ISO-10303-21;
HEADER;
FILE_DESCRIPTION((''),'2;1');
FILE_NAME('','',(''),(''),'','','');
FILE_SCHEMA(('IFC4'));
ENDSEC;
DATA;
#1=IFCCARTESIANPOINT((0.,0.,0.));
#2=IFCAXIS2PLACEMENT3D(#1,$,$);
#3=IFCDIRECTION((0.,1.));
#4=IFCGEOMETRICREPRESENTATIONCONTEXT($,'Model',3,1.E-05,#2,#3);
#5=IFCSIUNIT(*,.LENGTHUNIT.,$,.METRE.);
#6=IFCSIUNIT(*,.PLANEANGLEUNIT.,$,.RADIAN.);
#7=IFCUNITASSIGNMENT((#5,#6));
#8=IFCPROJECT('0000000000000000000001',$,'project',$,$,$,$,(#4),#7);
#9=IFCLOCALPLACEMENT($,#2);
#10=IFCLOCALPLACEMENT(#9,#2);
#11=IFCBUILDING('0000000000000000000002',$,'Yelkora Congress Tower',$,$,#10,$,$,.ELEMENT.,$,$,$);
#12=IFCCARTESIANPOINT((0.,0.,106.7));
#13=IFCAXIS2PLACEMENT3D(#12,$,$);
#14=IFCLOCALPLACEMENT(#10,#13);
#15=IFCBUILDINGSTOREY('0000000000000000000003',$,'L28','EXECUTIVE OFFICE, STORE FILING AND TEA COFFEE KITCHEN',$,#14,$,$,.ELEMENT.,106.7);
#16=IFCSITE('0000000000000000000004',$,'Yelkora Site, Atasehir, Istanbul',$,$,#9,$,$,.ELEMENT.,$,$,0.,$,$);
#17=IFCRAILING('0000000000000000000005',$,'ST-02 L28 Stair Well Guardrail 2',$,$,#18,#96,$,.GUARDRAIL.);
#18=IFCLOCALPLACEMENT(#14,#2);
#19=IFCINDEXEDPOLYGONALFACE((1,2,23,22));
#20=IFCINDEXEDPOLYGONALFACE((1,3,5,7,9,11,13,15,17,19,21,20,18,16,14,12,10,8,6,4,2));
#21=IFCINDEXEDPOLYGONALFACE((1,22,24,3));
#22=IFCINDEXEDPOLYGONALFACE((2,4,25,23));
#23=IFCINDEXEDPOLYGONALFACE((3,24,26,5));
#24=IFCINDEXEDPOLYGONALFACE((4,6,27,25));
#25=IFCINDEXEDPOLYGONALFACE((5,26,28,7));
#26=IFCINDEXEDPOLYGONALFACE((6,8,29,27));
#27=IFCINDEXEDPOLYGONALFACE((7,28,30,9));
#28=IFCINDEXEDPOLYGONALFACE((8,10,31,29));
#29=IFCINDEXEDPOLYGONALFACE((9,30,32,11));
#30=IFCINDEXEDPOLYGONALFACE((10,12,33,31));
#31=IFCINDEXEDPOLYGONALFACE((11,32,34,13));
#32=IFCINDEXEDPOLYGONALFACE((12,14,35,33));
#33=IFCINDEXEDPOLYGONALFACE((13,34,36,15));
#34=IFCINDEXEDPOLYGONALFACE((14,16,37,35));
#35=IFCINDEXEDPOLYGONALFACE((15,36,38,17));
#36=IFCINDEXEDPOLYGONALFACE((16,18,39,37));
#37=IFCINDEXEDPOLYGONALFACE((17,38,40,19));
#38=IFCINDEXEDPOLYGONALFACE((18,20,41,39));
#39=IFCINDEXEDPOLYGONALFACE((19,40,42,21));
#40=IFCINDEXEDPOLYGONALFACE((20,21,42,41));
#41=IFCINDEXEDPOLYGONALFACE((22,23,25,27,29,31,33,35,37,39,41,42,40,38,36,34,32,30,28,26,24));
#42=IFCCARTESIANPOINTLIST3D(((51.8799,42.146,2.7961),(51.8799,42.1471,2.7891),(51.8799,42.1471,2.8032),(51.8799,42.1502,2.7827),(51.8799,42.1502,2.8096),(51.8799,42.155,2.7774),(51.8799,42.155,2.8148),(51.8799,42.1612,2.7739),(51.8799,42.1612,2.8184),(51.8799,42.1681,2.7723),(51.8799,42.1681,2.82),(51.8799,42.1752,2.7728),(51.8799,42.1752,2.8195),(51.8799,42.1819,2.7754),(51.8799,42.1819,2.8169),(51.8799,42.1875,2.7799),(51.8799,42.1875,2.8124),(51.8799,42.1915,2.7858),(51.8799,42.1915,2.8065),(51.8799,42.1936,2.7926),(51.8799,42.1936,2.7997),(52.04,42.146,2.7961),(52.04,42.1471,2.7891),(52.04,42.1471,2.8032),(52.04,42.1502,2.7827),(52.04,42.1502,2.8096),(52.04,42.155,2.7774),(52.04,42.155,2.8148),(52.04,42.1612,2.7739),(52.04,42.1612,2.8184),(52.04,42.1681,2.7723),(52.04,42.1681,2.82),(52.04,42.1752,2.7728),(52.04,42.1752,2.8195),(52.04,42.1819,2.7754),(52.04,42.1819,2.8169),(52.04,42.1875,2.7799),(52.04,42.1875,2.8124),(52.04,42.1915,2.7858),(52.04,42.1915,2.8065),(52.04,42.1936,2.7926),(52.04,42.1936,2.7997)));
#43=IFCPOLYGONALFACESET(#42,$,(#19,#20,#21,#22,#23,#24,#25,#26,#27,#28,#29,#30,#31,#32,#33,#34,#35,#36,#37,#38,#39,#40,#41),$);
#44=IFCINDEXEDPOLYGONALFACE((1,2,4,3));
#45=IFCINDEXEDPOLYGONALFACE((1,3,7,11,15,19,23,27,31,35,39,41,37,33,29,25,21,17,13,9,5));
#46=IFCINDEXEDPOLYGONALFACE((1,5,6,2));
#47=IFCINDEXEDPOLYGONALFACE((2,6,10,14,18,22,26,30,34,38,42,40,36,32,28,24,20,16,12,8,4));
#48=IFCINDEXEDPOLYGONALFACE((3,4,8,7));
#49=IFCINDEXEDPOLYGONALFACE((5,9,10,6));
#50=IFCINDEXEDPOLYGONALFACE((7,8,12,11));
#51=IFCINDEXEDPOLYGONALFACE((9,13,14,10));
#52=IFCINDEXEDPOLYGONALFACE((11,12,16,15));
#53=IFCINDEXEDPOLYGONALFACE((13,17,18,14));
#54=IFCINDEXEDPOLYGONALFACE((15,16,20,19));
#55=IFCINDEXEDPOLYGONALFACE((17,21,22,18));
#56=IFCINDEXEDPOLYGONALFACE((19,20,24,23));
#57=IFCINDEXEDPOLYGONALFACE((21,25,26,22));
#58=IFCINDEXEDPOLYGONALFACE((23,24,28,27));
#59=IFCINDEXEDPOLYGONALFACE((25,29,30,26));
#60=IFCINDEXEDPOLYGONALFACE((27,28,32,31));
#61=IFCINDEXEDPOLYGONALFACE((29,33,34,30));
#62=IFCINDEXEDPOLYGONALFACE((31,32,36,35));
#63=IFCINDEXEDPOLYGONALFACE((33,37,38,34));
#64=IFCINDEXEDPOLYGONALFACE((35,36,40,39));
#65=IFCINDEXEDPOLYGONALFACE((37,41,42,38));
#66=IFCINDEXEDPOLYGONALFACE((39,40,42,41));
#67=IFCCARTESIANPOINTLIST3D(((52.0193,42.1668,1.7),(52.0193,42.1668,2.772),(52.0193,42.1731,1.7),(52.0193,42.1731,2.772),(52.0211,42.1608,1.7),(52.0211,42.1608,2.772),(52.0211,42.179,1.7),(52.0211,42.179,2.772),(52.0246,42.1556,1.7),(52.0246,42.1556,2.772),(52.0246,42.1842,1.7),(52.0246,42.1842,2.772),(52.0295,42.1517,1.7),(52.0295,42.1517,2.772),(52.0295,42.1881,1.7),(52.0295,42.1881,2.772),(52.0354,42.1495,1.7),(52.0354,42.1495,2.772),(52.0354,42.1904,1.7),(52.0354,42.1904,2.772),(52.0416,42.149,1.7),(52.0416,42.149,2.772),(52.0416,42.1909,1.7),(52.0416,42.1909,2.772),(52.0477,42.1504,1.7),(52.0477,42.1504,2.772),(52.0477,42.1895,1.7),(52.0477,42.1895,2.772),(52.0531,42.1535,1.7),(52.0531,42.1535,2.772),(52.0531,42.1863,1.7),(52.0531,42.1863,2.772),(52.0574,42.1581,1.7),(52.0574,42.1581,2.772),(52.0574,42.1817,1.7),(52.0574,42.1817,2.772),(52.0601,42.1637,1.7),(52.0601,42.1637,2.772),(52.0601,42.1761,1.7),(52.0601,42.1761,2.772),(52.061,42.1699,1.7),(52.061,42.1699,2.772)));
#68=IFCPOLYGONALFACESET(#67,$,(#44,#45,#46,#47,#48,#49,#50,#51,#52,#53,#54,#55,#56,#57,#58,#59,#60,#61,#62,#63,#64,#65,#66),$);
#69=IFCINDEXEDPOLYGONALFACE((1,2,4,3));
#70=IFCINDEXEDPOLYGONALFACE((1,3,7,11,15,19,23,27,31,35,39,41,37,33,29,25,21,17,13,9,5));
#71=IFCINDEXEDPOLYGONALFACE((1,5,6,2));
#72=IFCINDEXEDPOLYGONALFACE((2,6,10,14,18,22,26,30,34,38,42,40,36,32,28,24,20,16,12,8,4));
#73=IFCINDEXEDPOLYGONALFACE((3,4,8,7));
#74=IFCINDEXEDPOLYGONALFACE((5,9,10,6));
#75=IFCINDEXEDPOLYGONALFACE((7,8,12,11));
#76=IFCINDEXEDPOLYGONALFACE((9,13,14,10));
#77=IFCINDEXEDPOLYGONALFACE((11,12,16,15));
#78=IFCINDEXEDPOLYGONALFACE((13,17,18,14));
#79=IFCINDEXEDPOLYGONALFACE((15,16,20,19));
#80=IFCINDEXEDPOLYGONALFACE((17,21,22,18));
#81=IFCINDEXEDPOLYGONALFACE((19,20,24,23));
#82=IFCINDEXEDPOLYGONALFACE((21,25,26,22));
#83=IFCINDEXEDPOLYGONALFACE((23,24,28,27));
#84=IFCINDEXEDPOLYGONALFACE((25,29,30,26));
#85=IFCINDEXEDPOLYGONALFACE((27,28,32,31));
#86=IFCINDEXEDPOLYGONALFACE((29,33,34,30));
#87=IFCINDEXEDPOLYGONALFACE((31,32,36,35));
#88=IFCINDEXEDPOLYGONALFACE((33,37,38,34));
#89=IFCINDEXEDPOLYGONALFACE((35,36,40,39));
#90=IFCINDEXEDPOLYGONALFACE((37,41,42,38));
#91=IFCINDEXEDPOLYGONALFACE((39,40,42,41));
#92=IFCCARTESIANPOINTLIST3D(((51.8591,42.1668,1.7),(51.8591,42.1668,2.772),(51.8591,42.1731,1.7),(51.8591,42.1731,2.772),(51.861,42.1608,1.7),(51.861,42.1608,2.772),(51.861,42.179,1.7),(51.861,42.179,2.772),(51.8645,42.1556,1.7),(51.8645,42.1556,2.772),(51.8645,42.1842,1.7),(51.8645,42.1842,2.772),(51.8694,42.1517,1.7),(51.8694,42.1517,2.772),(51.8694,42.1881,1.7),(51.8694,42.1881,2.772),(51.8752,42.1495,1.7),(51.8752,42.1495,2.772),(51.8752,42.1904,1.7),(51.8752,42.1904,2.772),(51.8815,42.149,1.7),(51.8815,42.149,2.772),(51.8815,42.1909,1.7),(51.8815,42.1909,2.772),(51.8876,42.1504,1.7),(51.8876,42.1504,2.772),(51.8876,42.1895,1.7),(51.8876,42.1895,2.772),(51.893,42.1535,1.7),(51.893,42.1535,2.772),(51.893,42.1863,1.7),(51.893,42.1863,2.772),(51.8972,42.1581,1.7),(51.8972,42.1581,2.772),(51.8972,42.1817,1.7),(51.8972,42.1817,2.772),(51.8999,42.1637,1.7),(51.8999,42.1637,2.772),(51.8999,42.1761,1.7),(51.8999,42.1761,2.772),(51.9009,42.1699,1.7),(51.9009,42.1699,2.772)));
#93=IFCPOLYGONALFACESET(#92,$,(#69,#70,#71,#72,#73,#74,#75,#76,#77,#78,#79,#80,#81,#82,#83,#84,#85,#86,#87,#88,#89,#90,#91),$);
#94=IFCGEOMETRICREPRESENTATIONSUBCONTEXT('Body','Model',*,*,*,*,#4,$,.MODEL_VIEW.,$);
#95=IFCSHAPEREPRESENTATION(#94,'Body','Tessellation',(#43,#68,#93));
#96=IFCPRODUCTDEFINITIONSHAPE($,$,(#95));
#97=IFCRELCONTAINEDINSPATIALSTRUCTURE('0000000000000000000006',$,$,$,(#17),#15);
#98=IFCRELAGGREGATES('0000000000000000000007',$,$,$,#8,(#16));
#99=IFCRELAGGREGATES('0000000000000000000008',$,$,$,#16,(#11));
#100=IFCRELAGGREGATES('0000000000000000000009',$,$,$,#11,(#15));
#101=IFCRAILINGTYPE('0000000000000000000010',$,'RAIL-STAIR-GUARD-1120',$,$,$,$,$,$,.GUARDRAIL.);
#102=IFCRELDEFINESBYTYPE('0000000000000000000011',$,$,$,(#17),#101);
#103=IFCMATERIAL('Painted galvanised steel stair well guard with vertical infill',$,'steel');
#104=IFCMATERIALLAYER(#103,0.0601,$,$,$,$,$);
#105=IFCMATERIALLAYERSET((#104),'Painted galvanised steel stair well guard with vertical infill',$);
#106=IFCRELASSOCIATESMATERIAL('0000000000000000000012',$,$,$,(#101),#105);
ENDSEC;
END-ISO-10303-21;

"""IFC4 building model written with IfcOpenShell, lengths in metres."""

from ifc_helpers import new_model, si_unit, direction, frame, origin, origin_2d, place, context, subcontext, project, spatial, circle, extrude, material, layer, layer_set, type_object, element, save


model = new_model("IFC4")

# Units and contexts
model_context = context("Model", 3, precision=1e-05, world=origin(), true_north=direction((0.0, 1.0)))
body_context = subcontext(model_context, "Body", "Model", "MODEL_VIEW")
ifc_project = project(units=[si_unit("LENGTHUNIT", "METRE"), si_unit("PLANEANGLEUNIT", "RADIAN")], contexts=[model_context])

# Site, building, storey
site_placement = place(None, origin())
site = spatial("IfcSite", under=ifc_project, at=site_placement, Name="Yelkora Site, Atasehir, Istanbul", CompositionType="ELEMENT", RefElevation=0.0)
building_placement = place(site_placement, origin())
building = spatial("IfcBuilding", under=site, at=building_placement, Name="Yelkora Congress Tower", CompositionType="ELEMENT")
storey_placement = place(building_placement, frame((0.0, 0.0, 106.7)))
storey = spatial("IfcBuildingStorey", under=building, at=storey_placement, Name="L28", Description="EXECUTIVE OFFICE, STORE FILING AND TEA COFFEE KITCHEN", CompositionType="ELEMENT", Elevation=106.7)

# Railing
ifc_material_1 = material(Name="Painted galvanised steel stair well guard with vertical infill", Category="steel")
ifc_layer_1 = layer(ifc_material_1, 0.0601)
ifc_layer_set_1 = layer_set([ifc_layer_1], Name="Painted galvanised steel stair well guard with vertical infill")
railing_type_1 = type_object("IfcRailingType", Name="RAIL-STAIR-GUARD-1120", PredefinedType="GUARDRAIL", material=ifc_layer_set_1)
railing_1_placement = place(storey_placement, frame((52.04, 42.1699, 1.7)))
element("IfcRailing", 1, at=railing_1_placement, inside=storey, type_object=railing_type_1, Name="ST-02 L28 Stair Well Guardrail 2", PredefinedType="GUARDRAIL", context=body_context, shape_type="SweptSolid", body=[
    extrude(circle(Radius=0.0239, at=origin_2d()), frame((0.0, 0.0, 1.0962), z_axis=(-1.0, 0.0, 0.0), x_axis=(0.0, -1.0, 0.0)), (0.0, 0.0, 1.0), 0.1602),
    extrude(circle(Radius=0.021, at=origin_2d()), origin(), (0.0, 0.0, 1.0), 1.072),
    extrude(circle(Radius=0.021, at=origin_2d()), frame((-0.1602, 0.0, 0.0)), (0.0, 0.0, 1.0), 1.072),
])

save(model, "model.ifc")
